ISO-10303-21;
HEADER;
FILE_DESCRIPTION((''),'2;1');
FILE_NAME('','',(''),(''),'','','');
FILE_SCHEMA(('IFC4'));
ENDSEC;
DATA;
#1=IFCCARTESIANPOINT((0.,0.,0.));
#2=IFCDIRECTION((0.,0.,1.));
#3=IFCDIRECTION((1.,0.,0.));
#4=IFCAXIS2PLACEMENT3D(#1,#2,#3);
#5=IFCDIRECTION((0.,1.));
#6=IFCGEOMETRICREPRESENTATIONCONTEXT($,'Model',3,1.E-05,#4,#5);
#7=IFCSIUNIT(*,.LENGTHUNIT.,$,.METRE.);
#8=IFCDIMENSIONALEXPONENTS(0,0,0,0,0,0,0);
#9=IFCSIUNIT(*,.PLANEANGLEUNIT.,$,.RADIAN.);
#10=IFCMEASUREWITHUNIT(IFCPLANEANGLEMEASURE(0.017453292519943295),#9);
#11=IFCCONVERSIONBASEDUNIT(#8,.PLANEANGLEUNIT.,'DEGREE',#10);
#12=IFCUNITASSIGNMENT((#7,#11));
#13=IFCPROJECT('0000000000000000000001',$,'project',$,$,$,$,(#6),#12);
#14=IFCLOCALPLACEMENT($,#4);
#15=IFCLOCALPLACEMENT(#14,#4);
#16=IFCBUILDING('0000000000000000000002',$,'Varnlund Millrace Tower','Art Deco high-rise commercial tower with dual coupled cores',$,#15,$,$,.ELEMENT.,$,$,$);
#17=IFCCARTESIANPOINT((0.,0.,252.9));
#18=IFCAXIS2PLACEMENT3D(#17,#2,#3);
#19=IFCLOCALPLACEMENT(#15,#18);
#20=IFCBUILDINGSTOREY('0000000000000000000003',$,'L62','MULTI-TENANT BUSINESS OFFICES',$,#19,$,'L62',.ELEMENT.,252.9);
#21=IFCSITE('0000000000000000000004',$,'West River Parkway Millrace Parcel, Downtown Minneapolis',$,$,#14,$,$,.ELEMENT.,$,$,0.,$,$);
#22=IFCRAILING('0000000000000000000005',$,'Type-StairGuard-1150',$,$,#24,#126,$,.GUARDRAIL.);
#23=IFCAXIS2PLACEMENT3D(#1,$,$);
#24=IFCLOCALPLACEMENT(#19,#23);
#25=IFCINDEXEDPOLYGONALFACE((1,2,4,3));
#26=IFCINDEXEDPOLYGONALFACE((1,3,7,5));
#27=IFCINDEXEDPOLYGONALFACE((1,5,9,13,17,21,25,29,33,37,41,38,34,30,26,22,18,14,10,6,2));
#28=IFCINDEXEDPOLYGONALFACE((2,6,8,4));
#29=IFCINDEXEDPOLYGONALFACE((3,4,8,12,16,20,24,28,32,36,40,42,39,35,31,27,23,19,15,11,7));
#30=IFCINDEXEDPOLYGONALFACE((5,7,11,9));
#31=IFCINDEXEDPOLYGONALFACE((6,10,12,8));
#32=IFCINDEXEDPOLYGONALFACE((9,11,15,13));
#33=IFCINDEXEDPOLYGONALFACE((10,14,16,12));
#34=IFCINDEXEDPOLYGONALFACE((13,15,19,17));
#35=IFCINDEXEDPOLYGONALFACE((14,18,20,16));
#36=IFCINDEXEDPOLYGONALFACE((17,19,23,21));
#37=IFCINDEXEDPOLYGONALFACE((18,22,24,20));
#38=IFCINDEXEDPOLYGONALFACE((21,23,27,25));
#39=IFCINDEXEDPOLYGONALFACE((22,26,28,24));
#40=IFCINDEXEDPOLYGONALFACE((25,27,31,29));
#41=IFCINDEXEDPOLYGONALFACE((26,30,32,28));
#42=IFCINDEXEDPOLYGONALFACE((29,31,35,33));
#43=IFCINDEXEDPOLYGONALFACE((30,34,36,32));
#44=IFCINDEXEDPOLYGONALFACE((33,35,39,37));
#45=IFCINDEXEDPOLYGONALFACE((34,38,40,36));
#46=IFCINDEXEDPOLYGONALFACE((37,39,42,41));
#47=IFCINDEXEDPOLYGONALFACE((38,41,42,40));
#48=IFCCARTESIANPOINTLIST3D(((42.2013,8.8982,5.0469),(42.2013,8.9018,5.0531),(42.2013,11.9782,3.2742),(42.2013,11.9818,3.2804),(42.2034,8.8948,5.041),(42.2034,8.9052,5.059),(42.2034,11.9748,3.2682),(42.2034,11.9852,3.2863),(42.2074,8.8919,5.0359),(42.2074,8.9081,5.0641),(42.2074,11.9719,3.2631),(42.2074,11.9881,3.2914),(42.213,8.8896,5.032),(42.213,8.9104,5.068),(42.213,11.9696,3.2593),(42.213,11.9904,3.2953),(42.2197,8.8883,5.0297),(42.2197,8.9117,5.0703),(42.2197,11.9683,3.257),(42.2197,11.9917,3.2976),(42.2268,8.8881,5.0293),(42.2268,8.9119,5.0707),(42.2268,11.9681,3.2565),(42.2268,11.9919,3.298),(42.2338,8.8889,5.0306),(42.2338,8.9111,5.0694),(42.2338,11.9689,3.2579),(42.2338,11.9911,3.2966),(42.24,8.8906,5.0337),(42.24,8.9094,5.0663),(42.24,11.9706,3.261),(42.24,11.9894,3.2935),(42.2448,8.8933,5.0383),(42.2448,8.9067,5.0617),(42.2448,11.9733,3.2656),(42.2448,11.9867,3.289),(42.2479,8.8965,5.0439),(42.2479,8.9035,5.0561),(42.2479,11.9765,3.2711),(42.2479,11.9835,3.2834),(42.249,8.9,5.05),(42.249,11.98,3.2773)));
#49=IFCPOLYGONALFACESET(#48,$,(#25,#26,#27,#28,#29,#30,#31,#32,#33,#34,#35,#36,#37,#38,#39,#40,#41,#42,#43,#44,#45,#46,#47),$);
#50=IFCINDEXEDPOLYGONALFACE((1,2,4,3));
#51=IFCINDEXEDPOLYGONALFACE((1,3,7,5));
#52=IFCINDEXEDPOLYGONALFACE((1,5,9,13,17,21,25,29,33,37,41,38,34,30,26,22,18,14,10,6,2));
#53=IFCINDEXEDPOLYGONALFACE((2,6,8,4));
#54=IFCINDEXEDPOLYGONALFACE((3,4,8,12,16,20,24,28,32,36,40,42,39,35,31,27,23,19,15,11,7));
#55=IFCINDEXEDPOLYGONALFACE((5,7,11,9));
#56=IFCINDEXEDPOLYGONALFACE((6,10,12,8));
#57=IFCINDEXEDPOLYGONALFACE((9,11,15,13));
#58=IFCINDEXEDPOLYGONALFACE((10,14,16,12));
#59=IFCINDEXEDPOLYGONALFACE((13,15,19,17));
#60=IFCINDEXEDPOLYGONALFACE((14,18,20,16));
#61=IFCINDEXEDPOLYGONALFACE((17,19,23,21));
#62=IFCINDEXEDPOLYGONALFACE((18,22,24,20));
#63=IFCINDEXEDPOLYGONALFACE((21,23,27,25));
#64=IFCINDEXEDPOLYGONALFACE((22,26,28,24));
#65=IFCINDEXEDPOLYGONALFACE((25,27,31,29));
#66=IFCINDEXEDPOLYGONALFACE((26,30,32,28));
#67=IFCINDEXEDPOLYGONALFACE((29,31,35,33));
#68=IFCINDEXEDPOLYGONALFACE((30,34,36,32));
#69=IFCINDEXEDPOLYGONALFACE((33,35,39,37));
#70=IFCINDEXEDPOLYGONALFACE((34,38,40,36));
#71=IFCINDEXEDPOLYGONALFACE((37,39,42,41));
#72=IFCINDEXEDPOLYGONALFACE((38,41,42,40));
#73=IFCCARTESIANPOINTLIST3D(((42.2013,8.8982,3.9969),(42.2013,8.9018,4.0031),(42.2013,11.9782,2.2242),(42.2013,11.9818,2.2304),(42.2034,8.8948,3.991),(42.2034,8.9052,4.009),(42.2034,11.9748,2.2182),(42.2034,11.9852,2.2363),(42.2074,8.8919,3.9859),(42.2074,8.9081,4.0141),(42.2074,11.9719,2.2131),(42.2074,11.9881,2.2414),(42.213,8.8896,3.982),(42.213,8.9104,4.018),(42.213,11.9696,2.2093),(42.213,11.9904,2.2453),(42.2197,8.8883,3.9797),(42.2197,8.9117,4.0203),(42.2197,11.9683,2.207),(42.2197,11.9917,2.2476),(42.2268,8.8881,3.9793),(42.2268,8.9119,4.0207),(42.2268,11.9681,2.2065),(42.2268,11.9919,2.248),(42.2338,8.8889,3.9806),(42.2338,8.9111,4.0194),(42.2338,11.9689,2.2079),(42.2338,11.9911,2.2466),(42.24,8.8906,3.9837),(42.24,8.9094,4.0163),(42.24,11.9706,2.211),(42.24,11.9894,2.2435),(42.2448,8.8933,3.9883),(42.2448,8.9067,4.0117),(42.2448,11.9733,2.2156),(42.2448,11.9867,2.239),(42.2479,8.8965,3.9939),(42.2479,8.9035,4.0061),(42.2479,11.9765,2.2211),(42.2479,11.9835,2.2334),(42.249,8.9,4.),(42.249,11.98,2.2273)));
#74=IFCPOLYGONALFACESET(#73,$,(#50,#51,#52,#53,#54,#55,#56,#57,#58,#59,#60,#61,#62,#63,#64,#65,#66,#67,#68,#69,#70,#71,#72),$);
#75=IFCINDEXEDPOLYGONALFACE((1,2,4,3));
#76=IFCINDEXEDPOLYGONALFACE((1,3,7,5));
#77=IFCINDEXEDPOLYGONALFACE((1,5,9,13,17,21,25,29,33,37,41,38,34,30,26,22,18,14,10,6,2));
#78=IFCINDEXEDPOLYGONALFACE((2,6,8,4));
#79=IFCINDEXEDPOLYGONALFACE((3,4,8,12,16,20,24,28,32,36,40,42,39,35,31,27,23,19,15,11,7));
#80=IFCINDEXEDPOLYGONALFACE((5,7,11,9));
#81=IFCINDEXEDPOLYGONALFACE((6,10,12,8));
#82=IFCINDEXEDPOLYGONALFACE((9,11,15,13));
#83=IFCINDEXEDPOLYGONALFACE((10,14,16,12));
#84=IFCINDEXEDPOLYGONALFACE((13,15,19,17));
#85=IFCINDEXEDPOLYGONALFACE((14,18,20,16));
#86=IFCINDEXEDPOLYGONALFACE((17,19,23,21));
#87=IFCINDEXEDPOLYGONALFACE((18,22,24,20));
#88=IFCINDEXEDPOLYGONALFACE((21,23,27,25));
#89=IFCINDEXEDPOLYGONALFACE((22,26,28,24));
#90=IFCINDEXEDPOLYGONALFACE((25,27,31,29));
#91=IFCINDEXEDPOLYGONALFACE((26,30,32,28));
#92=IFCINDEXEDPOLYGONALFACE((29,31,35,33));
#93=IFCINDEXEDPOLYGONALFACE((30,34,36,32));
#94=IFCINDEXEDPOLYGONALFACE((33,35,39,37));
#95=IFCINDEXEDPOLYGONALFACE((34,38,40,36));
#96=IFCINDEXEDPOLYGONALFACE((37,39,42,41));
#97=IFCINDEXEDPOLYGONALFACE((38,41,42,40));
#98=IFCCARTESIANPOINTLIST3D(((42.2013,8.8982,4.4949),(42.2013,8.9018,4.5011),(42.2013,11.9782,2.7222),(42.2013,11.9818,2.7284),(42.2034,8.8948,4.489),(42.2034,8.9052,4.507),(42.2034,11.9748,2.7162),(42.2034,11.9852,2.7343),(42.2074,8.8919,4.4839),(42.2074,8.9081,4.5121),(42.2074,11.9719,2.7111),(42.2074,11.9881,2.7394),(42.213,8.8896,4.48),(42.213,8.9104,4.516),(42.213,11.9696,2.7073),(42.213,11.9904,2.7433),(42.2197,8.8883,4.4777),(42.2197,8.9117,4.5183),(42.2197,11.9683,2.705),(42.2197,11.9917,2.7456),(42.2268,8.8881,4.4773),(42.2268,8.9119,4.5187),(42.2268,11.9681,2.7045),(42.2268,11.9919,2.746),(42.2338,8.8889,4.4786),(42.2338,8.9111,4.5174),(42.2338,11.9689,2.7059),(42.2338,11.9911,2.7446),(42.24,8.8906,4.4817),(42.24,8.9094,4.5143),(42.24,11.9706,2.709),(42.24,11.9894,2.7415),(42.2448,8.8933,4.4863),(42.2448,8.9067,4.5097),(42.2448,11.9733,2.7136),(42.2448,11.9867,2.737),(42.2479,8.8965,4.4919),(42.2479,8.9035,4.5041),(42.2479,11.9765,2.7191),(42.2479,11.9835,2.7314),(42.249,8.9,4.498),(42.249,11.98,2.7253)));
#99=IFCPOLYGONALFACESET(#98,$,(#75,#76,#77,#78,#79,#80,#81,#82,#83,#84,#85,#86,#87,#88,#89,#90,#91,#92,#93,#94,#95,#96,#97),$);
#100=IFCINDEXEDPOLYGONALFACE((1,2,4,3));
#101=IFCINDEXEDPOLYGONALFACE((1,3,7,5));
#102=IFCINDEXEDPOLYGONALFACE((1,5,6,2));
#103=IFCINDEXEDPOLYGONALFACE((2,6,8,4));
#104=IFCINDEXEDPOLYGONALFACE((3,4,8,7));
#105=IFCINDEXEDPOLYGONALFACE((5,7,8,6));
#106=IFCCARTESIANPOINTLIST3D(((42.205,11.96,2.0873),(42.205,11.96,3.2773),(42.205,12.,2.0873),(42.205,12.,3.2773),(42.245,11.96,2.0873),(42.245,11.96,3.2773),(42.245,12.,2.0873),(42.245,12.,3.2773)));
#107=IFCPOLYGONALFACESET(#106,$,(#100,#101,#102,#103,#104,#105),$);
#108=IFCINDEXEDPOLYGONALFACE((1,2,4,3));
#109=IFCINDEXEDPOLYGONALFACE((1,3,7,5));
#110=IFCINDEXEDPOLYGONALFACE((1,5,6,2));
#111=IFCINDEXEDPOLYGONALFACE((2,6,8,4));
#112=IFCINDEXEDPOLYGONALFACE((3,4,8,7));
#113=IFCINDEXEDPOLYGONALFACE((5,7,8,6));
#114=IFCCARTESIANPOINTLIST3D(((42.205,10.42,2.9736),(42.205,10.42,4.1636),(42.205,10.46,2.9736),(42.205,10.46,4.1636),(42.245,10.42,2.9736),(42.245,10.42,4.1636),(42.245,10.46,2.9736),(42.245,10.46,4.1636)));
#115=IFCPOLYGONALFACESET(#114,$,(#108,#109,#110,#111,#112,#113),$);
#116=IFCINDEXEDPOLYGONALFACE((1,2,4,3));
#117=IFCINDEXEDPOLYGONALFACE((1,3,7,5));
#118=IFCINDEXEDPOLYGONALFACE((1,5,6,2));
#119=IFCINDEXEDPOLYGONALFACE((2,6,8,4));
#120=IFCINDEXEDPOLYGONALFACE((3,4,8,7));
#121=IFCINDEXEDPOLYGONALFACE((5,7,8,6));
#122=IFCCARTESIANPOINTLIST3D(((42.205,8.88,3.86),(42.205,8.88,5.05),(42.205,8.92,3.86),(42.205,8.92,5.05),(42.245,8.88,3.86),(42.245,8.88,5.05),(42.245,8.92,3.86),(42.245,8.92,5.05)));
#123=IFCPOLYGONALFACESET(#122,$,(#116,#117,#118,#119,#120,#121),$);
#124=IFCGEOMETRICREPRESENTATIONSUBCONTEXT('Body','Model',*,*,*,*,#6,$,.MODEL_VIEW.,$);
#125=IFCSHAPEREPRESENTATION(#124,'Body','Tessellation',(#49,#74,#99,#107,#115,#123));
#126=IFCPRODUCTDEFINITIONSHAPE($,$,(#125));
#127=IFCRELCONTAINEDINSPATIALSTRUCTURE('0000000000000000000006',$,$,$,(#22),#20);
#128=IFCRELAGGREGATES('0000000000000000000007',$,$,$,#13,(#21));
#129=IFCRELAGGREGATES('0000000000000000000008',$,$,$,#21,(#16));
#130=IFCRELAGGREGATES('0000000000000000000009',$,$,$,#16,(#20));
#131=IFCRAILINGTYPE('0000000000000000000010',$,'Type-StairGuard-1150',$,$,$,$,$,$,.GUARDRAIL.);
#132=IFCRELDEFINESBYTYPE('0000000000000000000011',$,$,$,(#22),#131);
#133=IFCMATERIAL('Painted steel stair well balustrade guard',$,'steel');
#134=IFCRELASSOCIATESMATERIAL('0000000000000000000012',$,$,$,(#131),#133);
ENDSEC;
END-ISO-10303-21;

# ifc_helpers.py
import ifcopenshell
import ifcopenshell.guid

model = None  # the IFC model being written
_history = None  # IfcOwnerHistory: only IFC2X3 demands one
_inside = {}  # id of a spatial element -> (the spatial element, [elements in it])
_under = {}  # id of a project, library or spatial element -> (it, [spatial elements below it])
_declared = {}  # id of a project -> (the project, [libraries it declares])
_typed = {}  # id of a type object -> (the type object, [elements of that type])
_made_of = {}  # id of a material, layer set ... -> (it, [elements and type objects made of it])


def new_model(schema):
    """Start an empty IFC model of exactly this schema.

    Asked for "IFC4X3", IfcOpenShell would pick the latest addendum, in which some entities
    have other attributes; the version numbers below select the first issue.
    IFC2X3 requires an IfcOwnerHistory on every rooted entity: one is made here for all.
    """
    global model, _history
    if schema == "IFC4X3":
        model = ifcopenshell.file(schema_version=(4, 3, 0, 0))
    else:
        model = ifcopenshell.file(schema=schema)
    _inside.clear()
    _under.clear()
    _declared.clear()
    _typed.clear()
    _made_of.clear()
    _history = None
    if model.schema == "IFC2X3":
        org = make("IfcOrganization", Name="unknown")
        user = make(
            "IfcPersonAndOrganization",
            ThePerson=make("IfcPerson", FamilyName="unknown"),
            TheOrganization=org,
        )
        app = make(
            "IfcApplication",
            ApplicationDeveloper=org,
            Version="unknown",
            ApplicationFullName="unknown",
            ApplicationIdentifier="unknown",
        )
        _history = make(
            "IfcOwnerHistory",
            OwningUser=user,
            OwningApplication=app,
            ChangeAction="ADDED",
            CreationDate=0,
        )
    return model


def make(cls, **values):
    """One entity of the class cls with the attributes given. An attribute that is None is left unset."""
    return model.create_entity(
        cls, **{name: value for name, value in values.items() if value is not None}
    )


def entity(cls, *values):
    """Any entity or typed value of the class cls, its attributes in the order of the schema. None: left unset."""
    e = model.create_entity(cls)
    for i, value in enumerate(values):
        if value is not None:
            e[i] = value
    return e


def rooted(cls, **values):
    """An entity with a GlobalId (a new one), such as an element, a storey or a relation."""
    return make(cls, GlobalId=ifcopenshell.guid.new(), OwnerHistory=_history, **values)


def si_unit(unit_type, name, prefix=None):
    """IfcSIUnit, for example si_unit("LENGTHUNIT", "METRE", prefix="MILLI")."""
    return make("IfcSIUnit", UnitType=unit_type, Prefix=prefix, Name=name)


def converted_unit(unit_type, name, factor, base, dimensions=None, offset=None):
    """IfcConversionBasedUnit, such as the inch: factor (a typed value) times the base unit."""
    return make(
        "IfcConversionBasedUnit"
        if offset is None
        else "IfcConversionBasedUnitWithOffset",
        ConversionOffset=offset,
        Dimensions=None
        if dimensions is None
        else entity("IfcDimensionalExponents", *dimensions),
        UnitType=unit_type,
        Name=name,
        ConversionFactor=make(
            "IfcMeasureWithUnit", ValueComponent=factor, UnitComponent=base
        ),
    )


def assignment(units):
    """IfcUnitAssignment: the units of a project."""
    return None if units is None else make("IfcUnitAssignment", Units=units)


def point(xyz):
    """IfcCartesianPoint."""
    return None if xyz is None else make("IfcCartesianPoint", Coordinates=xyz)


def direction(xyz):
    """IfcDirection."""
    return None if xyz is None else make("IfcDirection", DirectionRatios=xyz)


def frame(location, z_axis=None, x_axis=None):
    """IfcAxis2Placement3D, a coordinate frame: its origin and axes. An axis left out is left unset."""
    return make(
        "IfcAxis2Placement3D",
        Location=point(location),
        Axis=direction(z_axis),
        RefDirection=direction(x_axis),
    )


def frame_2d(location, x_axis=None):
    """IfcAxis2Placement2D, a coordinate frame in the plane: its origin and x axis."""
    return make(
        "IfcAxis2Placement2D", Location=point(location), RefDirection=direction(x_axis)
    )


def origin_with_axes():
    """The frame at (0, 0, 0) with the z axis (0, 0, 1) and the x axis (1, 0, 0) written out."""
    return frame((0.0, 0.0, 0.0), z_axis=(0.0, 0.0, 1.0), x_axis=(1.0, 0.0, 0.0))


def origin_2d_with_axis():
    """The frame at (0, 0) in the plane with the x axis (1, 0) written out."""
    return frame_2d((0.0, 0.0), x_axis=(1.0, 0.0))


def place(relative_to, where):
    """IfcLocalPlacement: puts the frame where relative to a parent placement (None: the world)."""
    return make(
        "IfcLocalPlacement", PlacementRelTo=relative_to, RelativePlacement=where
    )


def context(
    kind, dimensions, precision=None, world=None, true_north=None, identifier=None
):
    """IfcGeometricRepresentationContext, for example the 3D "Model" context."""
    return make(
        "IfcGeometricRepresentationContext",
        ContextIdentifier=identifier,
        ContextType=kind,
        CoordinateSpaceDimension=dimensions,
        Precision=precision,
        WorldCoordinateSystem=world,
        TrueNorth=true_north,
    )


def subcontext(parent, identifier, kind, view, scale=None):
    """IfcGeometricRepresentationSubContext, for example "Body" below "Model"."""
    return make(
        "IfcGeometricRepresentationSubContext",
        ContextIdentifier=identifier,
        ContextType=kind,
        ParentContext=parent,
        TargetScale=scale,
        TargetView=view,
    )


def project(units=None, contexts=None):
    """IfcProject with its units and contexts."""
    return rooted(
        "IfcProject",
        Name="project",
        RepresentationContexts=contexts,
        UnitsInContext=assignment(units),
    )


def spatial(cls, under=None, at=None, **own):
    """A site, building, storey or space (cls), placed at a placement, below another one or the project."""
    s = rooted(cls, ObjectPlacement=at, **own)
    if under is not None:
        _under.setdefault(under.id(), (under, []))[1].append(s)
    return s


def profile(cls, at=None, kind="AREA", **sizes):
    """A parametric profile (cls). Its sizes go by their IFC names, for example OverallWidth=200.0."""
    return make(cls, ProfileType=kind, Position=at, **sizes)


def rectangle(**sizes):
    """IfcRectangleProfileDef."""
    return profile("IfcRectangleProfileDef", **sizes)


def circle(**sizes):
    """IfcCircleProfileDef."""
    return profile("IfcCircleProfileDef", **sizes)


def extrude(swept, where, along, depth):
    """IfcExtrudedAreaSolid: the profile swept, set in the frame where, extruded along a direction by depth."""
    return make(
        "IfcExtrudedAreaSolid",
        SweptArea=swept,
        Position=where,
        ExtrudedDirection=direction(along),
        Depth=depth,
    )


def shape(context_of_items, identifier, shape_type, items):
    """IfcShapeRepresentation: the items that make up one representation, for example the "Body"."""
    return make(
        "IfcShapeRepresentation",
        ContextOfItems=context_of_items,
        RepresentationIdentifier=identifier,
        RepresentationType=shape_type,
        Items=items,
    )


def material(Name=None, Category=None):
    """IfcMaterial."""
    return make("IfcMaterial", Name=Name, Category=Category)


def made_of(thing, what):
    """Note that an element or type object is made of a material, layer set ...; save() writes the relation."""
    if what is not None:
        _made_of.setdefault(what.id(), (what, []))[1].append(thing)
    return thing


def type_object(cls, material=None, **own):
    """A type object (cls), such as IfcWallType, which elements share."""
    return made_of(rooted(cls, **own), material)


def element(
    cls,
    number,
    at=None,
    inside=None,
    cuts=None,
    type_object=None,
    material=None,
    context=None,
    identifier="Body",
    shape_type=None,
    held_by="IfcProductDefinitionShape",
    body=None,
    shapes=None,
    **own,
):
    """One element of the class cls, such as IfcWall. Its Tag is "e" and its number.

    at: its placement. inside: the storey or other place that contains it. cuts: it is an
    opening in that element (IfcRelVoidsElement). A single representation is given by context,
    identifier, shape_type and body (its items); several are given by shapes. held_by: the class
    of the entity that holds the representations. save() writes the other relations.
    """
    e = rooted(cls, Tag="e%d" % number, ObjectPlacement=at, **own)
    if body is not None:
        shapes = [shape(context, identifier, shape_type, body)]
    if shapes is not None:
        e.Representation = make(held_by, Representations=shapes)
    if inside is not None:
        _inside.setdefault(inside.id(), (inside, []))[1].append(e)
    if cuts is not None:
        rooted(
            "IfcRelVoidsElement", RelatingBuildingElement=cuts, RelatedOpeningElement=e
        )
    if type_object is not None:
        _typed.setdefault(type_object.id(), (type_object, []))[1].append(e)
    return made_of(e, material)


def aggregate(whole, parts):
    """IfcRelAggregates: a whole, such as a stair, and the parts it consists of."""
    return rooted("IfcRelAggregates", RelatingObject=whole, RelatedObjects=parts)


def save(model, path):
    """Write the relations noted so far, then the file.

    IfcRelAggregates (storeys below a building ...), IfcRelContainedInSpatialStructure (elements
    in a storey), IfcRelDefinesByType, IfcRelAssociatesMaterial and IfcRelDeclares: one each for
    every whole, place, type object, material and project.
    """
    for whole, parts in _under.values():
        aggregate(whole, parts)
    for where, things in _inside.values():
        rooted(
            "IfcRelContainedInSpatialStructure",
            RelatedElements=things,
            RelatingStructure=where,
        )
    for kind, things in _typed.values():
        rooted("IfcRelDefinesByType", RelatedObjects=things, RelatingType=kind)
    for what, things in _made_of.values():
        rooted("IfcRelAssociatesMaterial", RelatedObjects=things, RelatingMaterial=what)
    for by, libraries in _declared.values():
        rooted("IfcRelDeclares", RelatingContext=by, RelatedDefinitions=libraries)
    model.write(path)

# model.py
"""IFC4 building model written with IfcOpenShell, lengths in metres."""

from ifc_helpers import new_model, entity, si_unit, converted_unit, direction, frame, origin_with_axes, origin_2d_with_axis, place, context, subcontext, project, spatial, rectangle, circle, extrude, material, type_object, element, save


model = new_model("IFC4")

# Units and contexts
model_context = context("Model", 3, precision=1e-05, world=origin_with_axes(), true_north=direction((0.0, 1.0)))
body_context = subcontext(model_context, "Body", "Model", "MODEL_VIEW")
ifc_project = project(units=[si_unit("LENGTHUNIT", "METRE"), converted_unit("PLANEANGLEUNIT", "DEGREE", entity("IfcPlaneAngleMeasure", 0.017453292519943295), si_unit("PLANEANGLEUNIT", "RADIAN"), dimensions=[0, 0, 0, 0, 0, 0, 0])], contexts=[model_context])

# Site, building, storey
site_placement = place(None, origin_with_axes())
site = spatial("IfcSite", under=ifc_project, at=site_placement, Name="West River Parkway Millrace Parcel, Downtown Minneapolis", CompositionType="ELEMENT", RefElevation=0.0)
building_placement = place(site_placement, origin_with_axes())
building = spatial("IfcBuilding", under=site, at=building_placement, Name="Varnlund Millrace Tower", Description="Art Deco high-rise commercial tower with dual coupled cores", CompositionType="ELEMENT")
storey_placement = place(building_placement, frame((0.0, 0.0, 252.9), z_axis=(0.0, 0.0, 1.0), x_axis=(1.0, 0.0, 0.0)))
storey = spatial("IfcBuildingStorey", under=building, at=storey_placement, Name="L62", Description="MULTI-TENANT BUSINESS OFFICES", LongName="L62", CompositionType="ELEMENT", Elevation=252.9)

# Railing
ifc_material_1 = material(Name="Painted steel stair well balustrade guard", Category="steel")
railing_type_1 = type_object("IfcRailingType", Name="Type-StairGuard-1150", PredefinedType="GUARDRAIL", material=ifc_material_1)
railing_1_placement = place(storey_placement, frame((0.0, 0.0, -252.9), z_axis=(0.0, 0.0, 1.0), x_axis=(1.0, 0.0, 0.0)))
element("IfcRailing", 1, at=railing_1_placement, inside=storey, type_object=railing_type_1, Name="Type-StairGuard-1150", PredefinedType="GUARDRAIL", context=body_context, shape_type="SweptSolid", body=[
    extrude(circle(Radius=0.024, at=origin_2d_with_axis()), frame((42.225, 11.98, 256.1773), z_axis=(0.0, -0.866696, 0.498836), x_axis=(1.0, 0.0, 0.0)), (0.0, 0.0, 1.0), 3.5537),
    extrude(circle(Radius=0.024, at=origin_2d_with_axis()), frame((42.225, 11.98, 255.1273), z_axis=(0.0, -0.866696, 0.498836), x_axis=(1.0, 0.0, 0.0)), (0.0, 0.0, 1.0), 3.5537),
    extrude(circle(Radius=0.024, at=origin_2d_with_axis()), frame((42.225, 11.98, 255.6253), z_axis=(0.0, -0.866696, 0.498836), x_axis=(1.0, 0.0, 0.0)), (0.0, 0.0, 1.0), 3.5537),
    extrude(rectangle(XDim=0.04, YDim=0.04, at=origin_2d_with_axis()), frame((42.225, 11.98, 254.9873), z_axis=(0.0, 0.0, 1.0), x_axis=(1.0, 0.0, 0.0)), (0.0, 0.0, 1.0), 1.19),
    extrude(rectangle(XDim=0.04, YDim=0.04, at=origin_2d_with_axis()), frame((42.225, 10.44, 255.8736), z_axis=(0.0, 0.0, 1.0), x_axis=(1.0, 0.0, 0.0)), (0.0, 0.0, 1.0), 1.19),
    extrude(rectangle(XDim=0.04, YDim=0.04, at=origin_2d_with_axis()), frame((42.225, 8.9, 256.76), z_axis=(0.0, 0.0, 1.0), x_axis=(1.0, 0.0, 0.0)), (0.0, 0.0, 1.0), 1.19),
])

save(model, "model.ifc")
